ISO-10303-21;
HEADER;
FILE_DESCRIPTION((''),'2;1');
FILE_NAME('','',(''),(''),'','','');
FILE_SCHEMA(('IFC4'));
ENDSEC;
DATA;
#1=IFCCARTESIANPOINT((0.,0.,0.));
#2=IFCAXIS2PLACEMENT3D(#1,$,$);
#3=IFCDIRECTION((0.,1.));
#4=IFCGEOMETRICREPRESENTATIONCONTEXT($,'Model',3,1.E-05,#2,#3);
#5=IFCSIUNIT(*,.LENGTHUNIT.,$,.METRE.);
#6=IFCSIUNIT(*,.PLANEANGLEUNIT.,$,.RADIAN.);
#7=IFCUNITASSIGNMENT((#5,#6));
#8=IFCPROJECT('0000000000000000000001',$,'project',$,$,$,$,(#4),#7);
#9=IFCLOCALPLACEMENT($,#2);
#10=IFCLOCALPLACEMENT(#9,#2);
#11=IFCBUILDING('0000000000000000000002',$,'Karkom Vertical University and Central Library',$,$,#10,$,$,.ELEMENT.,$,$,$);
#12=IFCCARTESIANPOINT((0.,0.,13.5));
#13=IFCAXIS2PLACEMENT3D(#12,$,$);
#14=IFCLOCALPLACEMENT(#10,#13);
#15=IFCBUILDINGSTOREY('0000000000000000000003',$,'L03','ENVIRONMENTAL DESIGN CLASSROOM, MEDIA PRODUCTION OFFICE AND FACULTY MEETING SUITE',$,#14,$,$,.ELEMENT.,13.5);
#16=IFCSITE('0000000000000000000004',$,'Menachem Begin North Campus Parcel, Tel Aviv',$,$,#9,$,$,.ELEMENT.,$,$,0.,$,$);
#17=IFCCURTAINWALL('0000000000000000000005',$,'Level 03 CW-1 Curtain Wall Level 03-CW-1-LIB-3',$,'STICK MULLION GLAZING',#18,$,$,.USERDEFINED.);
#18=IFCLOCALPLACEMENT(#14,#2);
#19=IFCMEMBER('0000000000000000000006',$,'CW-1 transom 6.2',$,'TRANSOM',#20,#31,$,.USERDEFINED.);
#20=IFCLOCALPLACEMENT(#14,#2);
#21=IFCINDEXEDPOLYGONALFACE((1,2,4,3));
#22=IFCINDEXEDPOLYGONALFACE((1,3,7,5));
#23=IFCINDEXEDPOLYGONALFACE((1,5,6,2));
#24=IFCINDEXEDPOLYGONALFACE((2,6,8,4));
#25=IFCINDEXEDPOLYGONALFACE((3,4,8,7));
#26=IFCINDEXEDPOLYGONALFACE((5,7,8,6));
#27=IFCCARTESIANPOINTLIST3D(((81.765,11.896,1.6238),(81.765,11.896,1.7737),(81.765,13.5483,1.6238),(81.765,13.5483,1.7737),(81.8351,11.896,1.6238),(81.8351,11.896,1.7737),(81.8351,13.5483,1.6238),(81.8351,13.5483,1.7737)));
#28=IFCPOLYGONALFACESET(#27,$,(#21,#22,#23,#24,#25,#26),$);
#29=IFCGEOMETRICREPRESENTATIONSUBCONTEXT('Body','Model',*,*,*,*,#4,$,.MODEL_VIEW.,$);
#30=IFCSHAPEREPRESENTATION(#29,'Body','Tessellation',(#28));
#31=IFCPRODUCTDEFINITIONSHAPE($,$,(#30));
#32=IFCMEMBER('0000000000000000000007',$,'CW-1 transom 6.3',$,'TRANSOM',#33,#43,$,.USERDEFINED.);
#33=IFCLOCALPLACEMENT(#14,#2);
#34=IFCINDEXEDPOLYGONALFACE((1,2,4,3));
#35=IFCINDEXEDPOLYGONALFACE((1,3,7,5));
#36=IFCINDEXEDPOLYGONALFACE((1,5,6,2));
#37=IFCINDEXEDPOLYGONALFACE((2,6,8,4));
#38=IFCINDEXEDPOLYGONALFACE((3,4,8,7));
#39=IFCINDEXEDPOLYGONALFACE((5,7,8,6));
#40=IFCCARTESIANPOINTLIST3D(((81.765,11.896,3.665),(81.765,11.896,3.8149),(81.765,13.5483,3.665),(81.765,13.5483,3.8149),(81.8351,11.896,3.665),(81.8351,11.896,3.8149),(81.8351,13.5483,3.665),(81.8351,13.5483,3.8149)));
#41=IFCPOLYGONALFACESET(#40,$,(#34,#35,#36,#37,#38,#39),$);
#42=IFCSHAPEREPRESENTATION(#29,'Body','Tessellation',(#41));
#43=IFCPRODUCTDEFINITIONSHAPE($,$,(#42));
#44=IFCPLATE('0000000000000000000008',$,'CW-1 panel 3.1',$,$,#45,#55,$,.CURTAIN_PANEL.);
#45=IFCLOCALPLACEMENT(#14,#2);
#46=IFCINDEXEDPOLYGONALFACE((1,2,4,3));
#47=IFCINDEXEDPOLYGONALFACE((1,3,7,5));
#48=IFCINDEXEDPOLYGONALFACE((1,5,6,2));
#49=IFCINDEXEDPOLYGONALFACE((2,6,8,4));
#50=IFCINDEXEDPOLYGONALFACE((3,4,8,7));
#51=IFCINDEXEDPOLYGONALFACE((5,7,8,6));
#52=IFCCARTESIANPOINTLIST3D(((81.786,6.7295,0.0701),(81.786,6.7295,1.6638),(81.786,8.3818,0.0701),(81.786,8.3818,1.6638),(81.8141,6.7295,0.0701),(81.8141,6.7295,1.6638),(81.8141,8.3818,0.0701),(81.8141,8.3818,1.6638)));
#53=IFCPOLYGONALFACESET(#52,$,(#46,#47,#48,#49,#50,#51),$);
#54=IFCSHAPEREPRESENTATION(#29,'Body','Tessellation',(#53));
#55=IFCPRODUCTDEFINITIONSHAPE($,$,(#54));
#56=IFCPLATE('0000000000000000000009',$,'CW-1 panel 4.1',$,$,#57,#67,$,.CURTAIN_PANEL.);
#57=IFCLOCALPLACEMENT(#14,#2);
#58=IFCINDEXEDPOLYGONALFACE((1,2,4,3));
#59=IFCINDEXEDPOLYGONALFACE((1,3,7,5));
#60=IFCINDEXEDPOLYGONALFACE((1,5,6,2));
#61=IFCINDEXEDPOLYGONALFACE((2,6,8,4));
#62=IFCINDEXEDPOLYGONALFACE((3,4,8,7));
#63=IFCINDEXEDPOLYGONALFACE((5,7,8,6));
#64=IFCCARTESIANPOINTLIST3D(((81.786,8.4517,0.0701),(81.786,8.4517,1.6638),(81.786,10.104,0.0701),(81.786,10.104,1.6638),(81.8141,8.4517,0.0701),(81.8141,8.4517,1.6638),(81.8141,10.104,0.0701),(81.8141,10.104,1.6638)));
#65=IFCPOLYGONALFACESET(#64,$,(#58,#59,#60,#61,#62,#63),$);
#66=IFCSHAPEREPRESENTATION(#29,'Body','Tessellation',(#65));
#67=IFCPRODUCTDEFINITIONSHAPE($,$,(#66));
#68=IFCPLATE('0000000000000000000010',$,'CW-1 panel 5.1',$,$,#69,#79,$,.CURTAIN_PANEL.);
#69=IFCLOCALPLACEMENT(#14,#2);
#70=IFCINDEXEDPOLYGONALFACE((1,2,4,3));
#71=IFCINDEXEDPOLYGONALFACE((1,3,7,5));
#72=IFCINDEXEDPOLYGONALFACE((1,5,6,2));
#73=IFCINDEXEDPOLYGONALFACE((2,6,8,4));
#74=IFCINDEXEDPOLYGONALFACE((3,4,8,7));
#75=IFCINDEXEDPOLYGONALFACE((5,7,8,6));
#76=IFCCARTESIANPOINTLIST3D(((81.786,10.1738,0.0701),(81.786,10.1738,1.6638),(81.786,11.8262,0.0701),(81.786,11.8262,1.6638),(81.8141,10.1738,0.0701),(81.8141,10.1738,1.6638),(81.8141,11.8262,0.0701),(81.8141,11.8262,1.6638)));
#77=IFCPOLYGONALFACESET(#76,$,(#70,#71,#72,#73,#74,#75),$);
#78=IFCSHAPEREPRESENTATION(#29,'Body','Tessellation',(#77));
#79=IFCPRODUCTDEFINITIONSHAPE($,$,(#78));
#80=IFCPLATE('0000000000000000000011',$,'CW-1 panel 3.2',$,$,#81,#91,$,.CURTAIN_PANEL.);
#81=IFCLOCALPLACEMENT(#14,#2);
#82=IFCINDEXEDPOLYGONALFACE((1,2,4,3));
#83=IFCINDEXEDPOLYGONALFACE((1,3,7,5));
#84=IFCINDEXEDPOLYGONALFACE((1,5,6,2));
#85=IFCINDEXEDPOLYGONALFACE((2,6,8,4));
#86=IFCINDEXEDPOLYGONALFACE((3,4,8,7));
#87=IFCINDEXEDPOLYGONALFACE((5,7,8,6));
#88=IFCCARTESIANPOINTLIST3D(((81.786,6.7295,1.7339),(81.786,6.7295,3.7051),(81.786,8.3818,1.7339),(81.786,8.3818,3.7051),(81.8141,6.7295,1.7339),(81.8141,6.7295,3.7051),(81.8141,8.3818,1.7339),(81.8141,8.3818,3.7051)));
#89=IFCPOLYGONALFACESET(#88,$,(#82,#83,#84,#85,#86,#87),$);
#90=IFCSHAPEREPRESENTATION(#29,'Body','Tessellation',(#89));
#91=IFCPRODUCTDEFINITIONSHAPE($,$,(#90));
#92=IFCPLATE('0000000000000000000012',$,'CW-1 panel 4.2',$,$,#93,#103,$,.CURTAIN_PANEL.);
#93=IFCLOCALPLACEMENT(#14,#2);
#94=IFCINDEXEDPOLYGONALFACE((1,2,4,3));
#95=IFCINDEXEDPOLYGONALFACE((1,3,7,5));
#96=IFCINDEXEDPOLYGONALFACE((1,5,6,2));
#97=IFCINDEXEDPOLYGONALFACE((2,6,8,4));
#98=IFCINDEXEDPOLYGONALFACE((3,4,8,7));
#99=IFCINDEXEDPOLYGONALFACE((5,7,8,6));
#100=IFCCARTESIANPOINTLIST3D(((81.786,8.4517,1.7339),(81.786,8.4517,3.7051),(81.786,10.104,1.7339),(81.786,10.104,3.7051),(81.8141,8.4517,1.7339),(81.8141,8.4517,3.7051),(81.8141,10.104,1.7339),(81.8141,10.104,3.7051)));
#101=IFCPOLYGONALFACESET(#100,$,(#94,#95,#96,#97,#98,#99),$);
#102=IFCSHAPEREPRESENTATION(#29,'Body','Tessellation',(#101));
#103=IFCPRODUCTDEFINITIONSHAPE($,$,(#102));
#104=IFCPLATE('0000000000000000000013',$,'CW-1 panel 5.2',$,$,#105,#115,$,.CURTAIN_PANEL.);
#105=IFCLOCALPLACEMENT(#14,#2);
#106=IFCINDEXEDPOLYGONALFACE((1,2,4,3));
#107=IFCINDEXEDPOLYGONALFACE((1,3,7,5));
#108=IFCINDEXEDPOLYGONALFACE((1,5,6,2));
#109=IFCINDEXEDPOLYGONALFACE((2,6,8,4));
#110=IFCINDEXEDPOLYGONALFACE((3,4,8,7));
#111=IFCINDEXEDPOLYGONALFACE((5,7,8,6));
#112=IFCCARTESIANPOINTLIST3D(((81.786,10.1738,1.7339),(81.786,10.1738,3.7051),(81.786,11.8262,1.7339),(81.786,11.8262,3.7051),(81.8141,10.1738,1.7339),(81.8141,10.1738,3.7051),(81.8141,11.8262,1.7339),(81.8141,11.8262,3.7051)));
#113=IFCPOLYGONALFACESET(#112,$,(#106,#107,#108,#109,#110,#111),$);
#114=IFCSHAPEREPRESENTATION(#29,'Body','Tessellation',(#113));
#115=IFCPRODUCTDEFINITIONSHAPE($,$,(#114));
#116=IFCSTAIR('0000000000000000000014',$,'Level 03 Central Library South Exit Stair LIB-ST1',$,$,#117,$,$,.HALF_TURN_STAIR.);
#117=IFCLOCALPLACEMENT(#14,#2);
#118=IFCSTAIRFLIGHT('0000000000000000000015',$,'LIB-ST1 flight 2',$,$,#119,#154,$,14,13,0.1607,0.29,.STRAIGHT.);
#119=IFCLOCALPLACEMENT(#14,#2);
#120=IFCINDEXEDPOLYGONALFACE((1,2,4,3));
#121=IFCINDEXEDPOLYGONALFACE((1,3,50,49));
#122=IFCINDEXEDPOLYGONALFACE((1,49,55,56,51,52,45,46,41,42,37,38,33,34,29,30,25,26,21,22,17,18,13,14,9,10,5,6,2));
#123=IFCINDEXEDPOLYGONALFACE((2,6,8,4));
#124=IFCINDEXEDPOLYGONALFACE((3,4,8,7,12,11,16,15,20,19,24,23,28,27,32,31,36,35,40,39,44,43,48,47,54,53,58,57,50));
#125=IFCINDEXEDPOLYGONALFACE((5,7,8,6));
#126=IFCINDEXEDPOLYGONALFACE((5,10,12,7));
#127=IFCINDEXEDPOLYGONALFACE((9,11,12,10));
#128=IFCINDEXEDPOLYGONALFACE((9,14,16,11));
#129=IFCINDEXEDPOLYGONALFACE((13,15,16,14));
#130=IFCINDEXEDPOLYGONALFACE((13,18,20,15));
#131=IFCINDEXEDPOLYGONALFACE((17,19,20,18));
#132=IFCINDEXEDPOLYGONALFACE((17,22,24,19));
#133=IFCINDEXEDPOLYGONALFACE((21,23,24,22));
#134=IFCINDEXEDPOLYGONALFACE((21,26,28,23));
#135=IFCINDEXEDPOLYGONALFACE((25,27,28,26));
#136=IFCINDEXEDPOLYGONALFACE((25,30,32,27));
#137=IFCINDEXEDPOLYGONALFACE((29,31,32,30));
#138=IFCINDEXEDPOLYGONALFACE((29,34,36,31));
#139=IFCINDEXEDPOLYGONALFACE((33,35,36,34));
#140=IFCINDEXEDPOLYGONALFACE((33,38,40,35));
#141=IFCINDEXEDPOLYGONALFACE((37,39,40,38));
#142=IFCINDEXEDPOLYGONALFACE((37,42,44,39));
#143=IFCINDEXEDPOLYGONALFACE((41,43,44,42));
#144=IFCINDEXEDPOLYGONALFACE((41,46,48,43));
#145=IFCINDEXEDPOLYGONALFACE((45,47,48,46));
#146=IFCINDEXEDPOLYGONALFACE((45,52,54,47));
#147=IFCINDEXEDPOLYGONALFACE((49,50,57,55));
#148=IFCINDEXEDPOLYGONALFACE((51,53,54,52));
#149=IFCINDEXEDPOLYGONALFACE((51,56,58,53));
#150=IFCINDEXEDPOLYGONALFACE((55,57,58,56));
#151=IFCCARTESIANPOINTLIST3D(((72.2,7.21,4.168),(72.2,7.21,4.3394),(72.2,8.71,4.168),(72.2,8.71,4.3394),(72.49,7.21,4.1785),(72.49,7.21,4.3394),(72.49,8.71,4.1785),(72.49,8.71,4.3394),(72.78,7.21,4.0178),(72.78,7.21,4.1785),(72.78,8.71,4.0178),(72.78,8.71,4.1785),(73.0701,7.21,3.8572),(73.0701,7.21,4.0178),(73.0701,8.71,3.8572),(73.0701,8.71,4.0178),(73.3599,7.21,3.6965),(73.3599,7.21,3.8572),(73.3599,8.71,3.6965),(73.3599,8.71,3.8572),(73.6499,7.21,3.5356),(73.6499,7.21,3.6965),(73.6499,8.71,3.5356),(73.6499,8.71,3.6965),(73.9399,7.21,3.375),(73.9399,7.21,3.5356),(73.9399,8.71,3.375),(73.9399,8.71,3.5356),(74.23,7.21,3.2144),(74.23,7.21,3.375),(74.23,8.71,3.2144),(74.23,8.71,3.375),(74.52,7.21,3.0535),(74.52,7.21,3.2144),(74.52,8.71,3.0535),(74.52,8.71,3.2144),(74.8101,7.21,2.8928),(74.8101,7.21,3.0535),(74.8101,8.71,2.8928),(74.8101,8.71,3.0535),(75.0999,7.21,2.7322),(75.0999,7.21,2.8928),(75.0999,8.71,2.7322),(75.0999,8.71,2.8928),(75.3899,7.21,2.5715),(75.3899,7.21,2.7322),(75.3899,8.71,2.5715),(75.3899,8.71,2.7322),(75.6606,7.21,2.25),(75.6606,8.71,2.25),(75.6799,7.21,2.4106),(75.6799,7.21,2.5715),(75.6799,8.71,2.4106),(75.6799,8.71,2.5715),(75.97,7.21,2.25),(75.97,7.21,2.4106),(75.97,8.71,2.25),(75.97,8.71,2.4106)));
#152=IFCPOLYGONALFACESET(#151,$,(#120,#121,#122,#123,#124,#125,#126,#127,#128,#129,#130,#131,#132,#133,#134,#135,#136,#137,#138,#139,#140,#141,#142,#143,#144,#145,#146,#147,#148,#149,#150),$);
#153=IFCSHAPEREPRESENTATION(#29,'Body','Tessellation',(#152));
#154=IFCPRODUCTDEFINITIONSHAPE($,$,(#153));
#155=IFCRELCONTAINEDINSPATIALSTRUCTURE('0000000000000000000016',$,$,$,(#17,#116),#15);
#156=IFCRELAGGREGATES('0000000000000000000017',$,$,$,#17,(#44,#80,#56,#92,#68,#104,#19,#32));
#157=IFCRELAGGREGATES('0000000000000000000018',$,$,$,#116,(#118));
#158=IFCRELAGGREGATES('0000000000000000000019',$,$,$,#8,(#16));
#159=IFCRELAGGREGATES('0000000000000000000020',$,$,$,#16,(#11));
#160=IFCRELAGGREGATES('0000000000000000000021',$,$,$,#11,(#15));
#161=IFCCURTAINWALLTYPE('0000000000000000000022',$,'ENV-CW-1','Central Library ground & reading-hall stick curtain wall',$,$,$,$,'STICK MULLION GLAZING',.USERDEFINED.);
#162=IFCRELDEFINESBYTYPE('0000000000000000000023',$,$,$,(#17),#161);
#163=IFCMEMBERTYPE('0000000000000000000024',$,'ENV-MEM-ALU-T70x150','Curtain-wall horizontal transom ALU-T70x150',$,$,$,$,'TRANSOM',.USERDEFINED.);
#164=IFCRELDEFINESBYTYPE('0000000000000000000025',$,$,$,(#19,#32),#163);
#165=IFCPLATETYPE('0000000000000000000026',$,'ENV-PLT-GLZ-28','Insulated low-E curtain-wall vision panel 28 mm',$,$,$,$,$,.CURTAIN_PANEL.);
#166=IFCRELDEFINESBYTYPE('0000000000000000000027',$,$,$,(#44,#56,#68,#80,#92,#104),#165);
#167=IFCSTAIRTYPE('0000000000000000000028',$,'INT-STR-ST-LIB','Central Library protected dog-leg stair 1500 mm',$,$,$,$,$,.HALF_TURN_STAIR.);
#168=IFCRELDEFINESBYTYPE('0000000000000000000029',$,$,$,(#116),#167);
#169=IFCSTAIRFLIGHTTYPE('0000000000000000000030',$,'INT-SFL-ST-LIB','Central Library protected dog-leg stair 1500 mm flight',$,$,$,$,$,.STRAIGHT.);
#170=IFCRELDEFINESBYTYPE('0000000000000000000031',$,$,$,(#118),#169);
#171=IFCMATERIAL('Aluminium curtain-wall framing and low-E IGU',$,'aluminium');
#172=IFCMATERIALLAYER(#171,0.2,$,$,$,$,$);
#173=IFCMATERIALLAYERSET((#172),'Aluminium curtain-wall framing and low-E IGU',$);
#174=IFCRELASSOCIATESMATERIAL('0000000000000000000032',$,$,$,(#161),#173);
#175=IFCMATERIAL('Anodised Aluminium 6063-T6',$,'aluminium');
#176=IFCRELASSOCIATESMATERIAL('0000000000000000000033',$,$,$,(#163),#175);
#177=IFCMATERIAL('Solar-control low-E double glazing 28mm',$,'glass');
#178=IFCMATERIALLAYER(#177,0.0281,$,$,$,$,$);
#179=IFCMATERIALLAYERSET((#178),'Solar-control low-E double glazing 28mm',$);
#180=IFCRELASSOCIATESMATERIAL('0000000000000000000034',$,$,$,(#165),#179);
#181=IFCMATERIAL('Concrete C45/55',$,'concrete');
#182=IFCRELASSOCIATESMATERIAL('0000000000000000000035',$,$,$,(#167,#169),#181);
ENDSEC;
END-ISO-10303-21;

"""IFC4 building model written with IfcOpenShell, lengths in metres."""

from ifc_helpers import new_model, si_unit, direction, frame, origin, origin_with_axes, origin_2d, place, context, subcontext, project, spatial, polyline, rectangle, outline, extrude, source, transform, mapped, material, layer, layer_set, material_profile, profile_set, type_object, element, aggregate, save


model = new_model("IFC4")

# Units and contexts
model_context = context("Model", 3, precision=1e-05, world=origin(), true_north=direction((0.0, 1.0)))
body_context = subcontext(model_context, "Body", "Model", "MODEL_VIEW")
ifc_project = project(units=[si_unit("LENGTHUNIT", "METRE"), si_unit("PLANEANGLEUNIT", "RADIAN")], contexts=[model_context])

# Site, building, storey
site_placement = place(None, origin())
site = spatial("IfcSite", under=ifc_project, at=site_placement, Name="Menachem Begin North Campus Parcel, Tel Aviv", CompositionType="ELEMENT", RefElevation=0.0)
building_placement = place(site_placement, origin())
building = spatial("IfcBuilding", under=site, at=building_placement, Name="Karkom Vertical University and Central Library", CompositionType="ELEMENT")
storey_placement = place(building_placement, frame((0.0, 0.0, 13.5)))
storey = spatial("IfcBuildingStorey", under=building, at=storey_placement, Name="L03", Description="ENVIRONMENTAL DESIGN CLASSROOM, MEDIA PRODUCTION OFFICE AND FACULTY MEETING SUITE", CompositionType="ELEMENT", Elevation=13.5)

# Shared definitions
ifc_material_1 = material(Name="Concrete C45/55", Category="concrete")

# Curtain wall, members, plates
ifc_material_2 = material(Name="Aluminium curtain-wall framing and low-E IGU", Category="aluminium")
ifc_layer_1 = layer(ifc_material_2, 0.2)
ifc_layer_set_1 = layer_set([ifc_layer_1], Name="Aluminium curtain-wall framing and low-E IGU")
curtain_wall_type = type_object("IfcCurtainWallType", Name="ENV-CW-1", Description="Central Library ground & reading-hall stick curtain wall", ElementType="STICK MULLION GLAZING", PredefinedType="USERDEFINED", material=ifc_layer_set_1)
curtain_wall_placement = place(storey_placement, origin())
curtain_wall = element("IfcCurtainWall", 1, at=curtain_wall_placement, inside=storey, type_object=curtain_wall_type, Name="Level 03 CW-1 Curtain Wall Level 03-CW-1-LIB-3", ObjectType="STICK MULLION GLAZING", PredefinedType="USERDEFINED")
ifc_material_3 = material(Name="Anodised Aluminium 6063-T6", Category="aluminium")
ifc_material_profile_1 = material_profile(ifc_material_3, rectangle(XDim=0.0701, YDim=0.1499, at=origin_2d()), Name="ALU-T70x150")
ifc_profile_set_1 = profile_set([ifc_material_profile_1], Name="Anodised Aluminium 6063-T6")
member_type_1 = type_object("IfcMemberType", Name="ENV-MEM-ALU-T70x150", Description="Curtain-wall horizontal transom ALU-T70x150", ElementType="TRANSOM", PredefinedType="USERDEFINED", material=ifc_profile_set_1)
shared_shape_1 = source(origin_with_axes(), body_context, "Body", "SweptSolid", [
    extrude(rectangle(XDim=0.0701, YDim=0.1499, at=origin_2d()), origin(), (0.0, 0.0, 1.0), 1.6523),
])
member_1_placement = place(storey_placement, frame((81.8, 11.896, 1.6987), z_axis=(0.0, 1.0, 0.0), x_axis=(-1.0, 0.0, 0.0)))
member_1 = element("IfcMember", 2, at=member_1_placement, type_object=member_type_1, Name="CW-1 transom 6.2", ObjectType="TRANSOM", PredefinedType="USERDEFINED", context=body_context, shape_type="MappedRepresentation", body=[
    mapped(shared_shape_1, transform((0.0, 0.0, 0.0), scale=1.0)),
])
member_2_placement = place(storey_placement, frame((81.8, 11.896, 3.74), z_axis=(0.0, 1.0, 0.0), x_axis=(-1.0, 0.0, 0.0)))
member_2 = element("IfcMember", 3, at=member_2_placement, type_object=member_type_1, Name="CW-1 transom 6.3", ObjectType="TRANSOM", PredefinedType="USERDEFINED", context=body_context, shape_type="MappedRepresentation", body=[
    mapped(shared_shape_1, transform((0.0, 0.0, 0.0), scale=1.0)),
])
ifc_material_4 = material(Name="Solar-control low-E double glazing 28mm", Category="glass")
ifc_layer_2 = layer(ifc_material_4, 0.0281)
ifc_layer_set_2 = layer_set([ifc_layer_2], Name="Solar-control low-E double glazing 28mm")
plate_type = type_object("IfcPlateType", Name="ENV-PLT-GLZ-28", Description="Insulated low-E curtain-wall vision panel 28 mm", PredefinedType="CURTAIN_PANEL", material=ifc_layer_set_2)
shared_shape_2 = source(origin_with_axes(), body_context, "Body", "SweptSolid", [
    extrude(rectangle(XDim=1.6523, YDim=0.0281, at=origin_2d()), origin(), (0.0, 0.0, 1.0), 1.5938),
])
plate_1_placement = place(storey_placement, frame((81.8, 7.5557, 0.0701), z_axis=(0.0, 0.0, 1.0), x_axis=(0.0, 1.0, 0.0)))
plate_1 = element("IfcPlate", 4, at=plate_1_placement, type_object=plate_type, Name="CW-1 panel 3.1", PredefinedType="CURTAIN_PANEL", context=body_context, shape_type="MappedRepresentation", body=[
    mapped(shared_shape_2, transform((0.0, 0.0, 0.0), scale=1.0)),
])
plate_2_placement = place(storey_placement, frame((81.8, 9.2778, 0.0701), z_axis=(0.0, 0.0, 1.0), x_axis=(0.0, 1.0, 0.0)))
plate_2 = element("IfcPlate", 5, at=plate_2_placement, type_object=plate_type, Name="CW-1 panel 4.1", PredefinedType="CURTAIN_PANEL", context=body_context, shape_type="MappedRepresentation", body=[
    mapped(shared_shape_2, transform((0.0, 0.0, 0.0), scale=1.0)),
])
plate_3_placement = place(storey_placement, frame((81.8, 11.0, 0.0701), z_axis=(0.0, 0.0, 1.0), x_axis=(0.0, 1.0, 0.0)))
plate_3 = element("IfcPlate", 6, at=plate_3_placement, type_object=plate_type, Name="CW-1 panel 5.1", PredefinedType="CURTAIN_PANEL", context=body_context, shape_type="MappedRepresentation", body=[
    mapped(shared_shape_2, transform((0.0, 0.0, 0.0), scale=1.0)),
])
shared_shape_3 = source(origin_with_axes(), body_context, "Body", "SweptSolid", [
    extrude(rectangle(XDim=1.6523, YDim=0.0281, at=origin_2d()), origin(), (0.0, 0.0, 1.0), 1.9712),
])
plate_4_placement = place(storey_placement, frame((81.8, 7.5557, 1.7339), z_axis=(0.0, 0.0, 1.0), x_axis=(0.0, 1.0, 0.0)))
plate_4 = element("IfcPlate", 7, at=plate_4_placement, type_object=plate_type, Name="CW-1 panel 3.2", PredefinedType="CURTAIN_PANEL", context=body_context, shape_type="MappedRepresentation", body=[
    mapped(shared_shape_3, transform((0.0, 0.0, 0.0), scale=1.0)),
])
plate_5_placement = place(storey_placement, frame((81.8, 9.2778, 1.7339), z_axis=(0.0, 0.0, 1.0), x_axis=(0.0, 1.0, 0.0)))
plate_5 = element("IfcPlate", 8, at=plate_5_placement, type_object=plate_type, Name="CW-1 panel 4.2", PredefinedType="CURTAIN_PANEL", context=body_context, shape_type="MappedRepresentation", body=[
    mapped(shared_shape_3, transform((0.0, 0.0, 0.0), scale=1.0)),
])
plate_6_placement = place(storey_placement, frame((81.8, 11.0, 1.7339), z_axis=(0.0, 0.0, 1.0), x_axis=(0.0, 1.0, 0.0)))
plate_6 = element("IfcPlate", 9, at=plate_6_placement, type_object=plate_type, Name="CW-1 panel 5.2", PredefinedType="CURTAIN_PANEL", context=body_context, shape_type="MappedRepresentation", body=[
    mapped(shared_shape_3, transform((0.0, 0.0, 0.0), scale=1.0)),
])
aggregate(curtain_wall, [plate_1, plate_4, plate_2, plate_5, plate_3, plate_6, member_1, member_2])

# Stair, stair flight
stair_type = type_object("IfcStairType", Name="INT-STR-ST-LIB", Description="Central Library protected dog-leg stair 1500 mm", PredefinedType="HALF_TURN_STAIR", material=ifc_material_1)
stair_placement = place(storey_placement, origin())
stair = element("IfcStair", 10, at=stair_placement, inside=storey, type_object=stair_type, Name="Level 03 Central Library South Exit Stair LIB-ST1", PredefinedType="HALF_TURN_STAIR")
stair_flight_type = type_object("IfcStairFlightType", Name="INT-SFL-ST-LIB", Description="Central Library protected dog-leg stair 1500 mm flight", PredefinedType="STRAIGHT", material=ifc_material_1)
stair_flight_placement = place(storey_placement, frame((75.97, 7.96, 2.25), z_axis=(0.0, 0.0, 1.0), x_axis=(-1.0, 0.0, 0.0)))
stair_flight = element("IfcStairFlight", 11, at=stair_flight_placement, type_object=stair_flight_type, Name="LIB-ST1 flight 2", NumberOfRisers=14, NumberOfTreads=13, PredefinedType="STRAIGHT", RiserHeight=0.1607, TreadLength=0.29, context=body_context, shape_type="SweptSolid", body=[
    extrude(outline(polyline([(0.0, 0.0), (0.0, 0.1606), (0.29, 0.1606), (0.29, 0.3215), (0.5801, 0.3215), (0.5801, 0.4822), (0.8701, 0.4822), (0.8701, 0.6428), (1.1599, 0.6428), (1.1599, 0.8035), (1.45, 0.8035), (1.45, 0.9644), (1.74, 0.9644), (1.74, 1.125), (2.03, 1.125), (2.03, 1.2856), (2.3201, 1.2856), (2.3201, 1.4465), (2.6101, 1.4465), (2.6101, 1.6072), (2.8999, 1.6072), (2.8999, 1.7678), (3.1899, 1.7678), (3.1899, 1.9285), (3.48, 1.9285), (3.48, 2.0894), (3.77, 2.0894), (3.77, 2.25), (3.77, 1.918), (0.3093, 0.0), (0.0, 0.0)])), frame((0.0, 0.75, 0.0), z_axis=(0.0, -1.0, 0.0), x_axis=(1.0, 0.0, 0.0)), (0.0, 0.0, 1.0), 1.5),
])
aggregate(stair, [stair_flight])

save(model, "model.ifc")
